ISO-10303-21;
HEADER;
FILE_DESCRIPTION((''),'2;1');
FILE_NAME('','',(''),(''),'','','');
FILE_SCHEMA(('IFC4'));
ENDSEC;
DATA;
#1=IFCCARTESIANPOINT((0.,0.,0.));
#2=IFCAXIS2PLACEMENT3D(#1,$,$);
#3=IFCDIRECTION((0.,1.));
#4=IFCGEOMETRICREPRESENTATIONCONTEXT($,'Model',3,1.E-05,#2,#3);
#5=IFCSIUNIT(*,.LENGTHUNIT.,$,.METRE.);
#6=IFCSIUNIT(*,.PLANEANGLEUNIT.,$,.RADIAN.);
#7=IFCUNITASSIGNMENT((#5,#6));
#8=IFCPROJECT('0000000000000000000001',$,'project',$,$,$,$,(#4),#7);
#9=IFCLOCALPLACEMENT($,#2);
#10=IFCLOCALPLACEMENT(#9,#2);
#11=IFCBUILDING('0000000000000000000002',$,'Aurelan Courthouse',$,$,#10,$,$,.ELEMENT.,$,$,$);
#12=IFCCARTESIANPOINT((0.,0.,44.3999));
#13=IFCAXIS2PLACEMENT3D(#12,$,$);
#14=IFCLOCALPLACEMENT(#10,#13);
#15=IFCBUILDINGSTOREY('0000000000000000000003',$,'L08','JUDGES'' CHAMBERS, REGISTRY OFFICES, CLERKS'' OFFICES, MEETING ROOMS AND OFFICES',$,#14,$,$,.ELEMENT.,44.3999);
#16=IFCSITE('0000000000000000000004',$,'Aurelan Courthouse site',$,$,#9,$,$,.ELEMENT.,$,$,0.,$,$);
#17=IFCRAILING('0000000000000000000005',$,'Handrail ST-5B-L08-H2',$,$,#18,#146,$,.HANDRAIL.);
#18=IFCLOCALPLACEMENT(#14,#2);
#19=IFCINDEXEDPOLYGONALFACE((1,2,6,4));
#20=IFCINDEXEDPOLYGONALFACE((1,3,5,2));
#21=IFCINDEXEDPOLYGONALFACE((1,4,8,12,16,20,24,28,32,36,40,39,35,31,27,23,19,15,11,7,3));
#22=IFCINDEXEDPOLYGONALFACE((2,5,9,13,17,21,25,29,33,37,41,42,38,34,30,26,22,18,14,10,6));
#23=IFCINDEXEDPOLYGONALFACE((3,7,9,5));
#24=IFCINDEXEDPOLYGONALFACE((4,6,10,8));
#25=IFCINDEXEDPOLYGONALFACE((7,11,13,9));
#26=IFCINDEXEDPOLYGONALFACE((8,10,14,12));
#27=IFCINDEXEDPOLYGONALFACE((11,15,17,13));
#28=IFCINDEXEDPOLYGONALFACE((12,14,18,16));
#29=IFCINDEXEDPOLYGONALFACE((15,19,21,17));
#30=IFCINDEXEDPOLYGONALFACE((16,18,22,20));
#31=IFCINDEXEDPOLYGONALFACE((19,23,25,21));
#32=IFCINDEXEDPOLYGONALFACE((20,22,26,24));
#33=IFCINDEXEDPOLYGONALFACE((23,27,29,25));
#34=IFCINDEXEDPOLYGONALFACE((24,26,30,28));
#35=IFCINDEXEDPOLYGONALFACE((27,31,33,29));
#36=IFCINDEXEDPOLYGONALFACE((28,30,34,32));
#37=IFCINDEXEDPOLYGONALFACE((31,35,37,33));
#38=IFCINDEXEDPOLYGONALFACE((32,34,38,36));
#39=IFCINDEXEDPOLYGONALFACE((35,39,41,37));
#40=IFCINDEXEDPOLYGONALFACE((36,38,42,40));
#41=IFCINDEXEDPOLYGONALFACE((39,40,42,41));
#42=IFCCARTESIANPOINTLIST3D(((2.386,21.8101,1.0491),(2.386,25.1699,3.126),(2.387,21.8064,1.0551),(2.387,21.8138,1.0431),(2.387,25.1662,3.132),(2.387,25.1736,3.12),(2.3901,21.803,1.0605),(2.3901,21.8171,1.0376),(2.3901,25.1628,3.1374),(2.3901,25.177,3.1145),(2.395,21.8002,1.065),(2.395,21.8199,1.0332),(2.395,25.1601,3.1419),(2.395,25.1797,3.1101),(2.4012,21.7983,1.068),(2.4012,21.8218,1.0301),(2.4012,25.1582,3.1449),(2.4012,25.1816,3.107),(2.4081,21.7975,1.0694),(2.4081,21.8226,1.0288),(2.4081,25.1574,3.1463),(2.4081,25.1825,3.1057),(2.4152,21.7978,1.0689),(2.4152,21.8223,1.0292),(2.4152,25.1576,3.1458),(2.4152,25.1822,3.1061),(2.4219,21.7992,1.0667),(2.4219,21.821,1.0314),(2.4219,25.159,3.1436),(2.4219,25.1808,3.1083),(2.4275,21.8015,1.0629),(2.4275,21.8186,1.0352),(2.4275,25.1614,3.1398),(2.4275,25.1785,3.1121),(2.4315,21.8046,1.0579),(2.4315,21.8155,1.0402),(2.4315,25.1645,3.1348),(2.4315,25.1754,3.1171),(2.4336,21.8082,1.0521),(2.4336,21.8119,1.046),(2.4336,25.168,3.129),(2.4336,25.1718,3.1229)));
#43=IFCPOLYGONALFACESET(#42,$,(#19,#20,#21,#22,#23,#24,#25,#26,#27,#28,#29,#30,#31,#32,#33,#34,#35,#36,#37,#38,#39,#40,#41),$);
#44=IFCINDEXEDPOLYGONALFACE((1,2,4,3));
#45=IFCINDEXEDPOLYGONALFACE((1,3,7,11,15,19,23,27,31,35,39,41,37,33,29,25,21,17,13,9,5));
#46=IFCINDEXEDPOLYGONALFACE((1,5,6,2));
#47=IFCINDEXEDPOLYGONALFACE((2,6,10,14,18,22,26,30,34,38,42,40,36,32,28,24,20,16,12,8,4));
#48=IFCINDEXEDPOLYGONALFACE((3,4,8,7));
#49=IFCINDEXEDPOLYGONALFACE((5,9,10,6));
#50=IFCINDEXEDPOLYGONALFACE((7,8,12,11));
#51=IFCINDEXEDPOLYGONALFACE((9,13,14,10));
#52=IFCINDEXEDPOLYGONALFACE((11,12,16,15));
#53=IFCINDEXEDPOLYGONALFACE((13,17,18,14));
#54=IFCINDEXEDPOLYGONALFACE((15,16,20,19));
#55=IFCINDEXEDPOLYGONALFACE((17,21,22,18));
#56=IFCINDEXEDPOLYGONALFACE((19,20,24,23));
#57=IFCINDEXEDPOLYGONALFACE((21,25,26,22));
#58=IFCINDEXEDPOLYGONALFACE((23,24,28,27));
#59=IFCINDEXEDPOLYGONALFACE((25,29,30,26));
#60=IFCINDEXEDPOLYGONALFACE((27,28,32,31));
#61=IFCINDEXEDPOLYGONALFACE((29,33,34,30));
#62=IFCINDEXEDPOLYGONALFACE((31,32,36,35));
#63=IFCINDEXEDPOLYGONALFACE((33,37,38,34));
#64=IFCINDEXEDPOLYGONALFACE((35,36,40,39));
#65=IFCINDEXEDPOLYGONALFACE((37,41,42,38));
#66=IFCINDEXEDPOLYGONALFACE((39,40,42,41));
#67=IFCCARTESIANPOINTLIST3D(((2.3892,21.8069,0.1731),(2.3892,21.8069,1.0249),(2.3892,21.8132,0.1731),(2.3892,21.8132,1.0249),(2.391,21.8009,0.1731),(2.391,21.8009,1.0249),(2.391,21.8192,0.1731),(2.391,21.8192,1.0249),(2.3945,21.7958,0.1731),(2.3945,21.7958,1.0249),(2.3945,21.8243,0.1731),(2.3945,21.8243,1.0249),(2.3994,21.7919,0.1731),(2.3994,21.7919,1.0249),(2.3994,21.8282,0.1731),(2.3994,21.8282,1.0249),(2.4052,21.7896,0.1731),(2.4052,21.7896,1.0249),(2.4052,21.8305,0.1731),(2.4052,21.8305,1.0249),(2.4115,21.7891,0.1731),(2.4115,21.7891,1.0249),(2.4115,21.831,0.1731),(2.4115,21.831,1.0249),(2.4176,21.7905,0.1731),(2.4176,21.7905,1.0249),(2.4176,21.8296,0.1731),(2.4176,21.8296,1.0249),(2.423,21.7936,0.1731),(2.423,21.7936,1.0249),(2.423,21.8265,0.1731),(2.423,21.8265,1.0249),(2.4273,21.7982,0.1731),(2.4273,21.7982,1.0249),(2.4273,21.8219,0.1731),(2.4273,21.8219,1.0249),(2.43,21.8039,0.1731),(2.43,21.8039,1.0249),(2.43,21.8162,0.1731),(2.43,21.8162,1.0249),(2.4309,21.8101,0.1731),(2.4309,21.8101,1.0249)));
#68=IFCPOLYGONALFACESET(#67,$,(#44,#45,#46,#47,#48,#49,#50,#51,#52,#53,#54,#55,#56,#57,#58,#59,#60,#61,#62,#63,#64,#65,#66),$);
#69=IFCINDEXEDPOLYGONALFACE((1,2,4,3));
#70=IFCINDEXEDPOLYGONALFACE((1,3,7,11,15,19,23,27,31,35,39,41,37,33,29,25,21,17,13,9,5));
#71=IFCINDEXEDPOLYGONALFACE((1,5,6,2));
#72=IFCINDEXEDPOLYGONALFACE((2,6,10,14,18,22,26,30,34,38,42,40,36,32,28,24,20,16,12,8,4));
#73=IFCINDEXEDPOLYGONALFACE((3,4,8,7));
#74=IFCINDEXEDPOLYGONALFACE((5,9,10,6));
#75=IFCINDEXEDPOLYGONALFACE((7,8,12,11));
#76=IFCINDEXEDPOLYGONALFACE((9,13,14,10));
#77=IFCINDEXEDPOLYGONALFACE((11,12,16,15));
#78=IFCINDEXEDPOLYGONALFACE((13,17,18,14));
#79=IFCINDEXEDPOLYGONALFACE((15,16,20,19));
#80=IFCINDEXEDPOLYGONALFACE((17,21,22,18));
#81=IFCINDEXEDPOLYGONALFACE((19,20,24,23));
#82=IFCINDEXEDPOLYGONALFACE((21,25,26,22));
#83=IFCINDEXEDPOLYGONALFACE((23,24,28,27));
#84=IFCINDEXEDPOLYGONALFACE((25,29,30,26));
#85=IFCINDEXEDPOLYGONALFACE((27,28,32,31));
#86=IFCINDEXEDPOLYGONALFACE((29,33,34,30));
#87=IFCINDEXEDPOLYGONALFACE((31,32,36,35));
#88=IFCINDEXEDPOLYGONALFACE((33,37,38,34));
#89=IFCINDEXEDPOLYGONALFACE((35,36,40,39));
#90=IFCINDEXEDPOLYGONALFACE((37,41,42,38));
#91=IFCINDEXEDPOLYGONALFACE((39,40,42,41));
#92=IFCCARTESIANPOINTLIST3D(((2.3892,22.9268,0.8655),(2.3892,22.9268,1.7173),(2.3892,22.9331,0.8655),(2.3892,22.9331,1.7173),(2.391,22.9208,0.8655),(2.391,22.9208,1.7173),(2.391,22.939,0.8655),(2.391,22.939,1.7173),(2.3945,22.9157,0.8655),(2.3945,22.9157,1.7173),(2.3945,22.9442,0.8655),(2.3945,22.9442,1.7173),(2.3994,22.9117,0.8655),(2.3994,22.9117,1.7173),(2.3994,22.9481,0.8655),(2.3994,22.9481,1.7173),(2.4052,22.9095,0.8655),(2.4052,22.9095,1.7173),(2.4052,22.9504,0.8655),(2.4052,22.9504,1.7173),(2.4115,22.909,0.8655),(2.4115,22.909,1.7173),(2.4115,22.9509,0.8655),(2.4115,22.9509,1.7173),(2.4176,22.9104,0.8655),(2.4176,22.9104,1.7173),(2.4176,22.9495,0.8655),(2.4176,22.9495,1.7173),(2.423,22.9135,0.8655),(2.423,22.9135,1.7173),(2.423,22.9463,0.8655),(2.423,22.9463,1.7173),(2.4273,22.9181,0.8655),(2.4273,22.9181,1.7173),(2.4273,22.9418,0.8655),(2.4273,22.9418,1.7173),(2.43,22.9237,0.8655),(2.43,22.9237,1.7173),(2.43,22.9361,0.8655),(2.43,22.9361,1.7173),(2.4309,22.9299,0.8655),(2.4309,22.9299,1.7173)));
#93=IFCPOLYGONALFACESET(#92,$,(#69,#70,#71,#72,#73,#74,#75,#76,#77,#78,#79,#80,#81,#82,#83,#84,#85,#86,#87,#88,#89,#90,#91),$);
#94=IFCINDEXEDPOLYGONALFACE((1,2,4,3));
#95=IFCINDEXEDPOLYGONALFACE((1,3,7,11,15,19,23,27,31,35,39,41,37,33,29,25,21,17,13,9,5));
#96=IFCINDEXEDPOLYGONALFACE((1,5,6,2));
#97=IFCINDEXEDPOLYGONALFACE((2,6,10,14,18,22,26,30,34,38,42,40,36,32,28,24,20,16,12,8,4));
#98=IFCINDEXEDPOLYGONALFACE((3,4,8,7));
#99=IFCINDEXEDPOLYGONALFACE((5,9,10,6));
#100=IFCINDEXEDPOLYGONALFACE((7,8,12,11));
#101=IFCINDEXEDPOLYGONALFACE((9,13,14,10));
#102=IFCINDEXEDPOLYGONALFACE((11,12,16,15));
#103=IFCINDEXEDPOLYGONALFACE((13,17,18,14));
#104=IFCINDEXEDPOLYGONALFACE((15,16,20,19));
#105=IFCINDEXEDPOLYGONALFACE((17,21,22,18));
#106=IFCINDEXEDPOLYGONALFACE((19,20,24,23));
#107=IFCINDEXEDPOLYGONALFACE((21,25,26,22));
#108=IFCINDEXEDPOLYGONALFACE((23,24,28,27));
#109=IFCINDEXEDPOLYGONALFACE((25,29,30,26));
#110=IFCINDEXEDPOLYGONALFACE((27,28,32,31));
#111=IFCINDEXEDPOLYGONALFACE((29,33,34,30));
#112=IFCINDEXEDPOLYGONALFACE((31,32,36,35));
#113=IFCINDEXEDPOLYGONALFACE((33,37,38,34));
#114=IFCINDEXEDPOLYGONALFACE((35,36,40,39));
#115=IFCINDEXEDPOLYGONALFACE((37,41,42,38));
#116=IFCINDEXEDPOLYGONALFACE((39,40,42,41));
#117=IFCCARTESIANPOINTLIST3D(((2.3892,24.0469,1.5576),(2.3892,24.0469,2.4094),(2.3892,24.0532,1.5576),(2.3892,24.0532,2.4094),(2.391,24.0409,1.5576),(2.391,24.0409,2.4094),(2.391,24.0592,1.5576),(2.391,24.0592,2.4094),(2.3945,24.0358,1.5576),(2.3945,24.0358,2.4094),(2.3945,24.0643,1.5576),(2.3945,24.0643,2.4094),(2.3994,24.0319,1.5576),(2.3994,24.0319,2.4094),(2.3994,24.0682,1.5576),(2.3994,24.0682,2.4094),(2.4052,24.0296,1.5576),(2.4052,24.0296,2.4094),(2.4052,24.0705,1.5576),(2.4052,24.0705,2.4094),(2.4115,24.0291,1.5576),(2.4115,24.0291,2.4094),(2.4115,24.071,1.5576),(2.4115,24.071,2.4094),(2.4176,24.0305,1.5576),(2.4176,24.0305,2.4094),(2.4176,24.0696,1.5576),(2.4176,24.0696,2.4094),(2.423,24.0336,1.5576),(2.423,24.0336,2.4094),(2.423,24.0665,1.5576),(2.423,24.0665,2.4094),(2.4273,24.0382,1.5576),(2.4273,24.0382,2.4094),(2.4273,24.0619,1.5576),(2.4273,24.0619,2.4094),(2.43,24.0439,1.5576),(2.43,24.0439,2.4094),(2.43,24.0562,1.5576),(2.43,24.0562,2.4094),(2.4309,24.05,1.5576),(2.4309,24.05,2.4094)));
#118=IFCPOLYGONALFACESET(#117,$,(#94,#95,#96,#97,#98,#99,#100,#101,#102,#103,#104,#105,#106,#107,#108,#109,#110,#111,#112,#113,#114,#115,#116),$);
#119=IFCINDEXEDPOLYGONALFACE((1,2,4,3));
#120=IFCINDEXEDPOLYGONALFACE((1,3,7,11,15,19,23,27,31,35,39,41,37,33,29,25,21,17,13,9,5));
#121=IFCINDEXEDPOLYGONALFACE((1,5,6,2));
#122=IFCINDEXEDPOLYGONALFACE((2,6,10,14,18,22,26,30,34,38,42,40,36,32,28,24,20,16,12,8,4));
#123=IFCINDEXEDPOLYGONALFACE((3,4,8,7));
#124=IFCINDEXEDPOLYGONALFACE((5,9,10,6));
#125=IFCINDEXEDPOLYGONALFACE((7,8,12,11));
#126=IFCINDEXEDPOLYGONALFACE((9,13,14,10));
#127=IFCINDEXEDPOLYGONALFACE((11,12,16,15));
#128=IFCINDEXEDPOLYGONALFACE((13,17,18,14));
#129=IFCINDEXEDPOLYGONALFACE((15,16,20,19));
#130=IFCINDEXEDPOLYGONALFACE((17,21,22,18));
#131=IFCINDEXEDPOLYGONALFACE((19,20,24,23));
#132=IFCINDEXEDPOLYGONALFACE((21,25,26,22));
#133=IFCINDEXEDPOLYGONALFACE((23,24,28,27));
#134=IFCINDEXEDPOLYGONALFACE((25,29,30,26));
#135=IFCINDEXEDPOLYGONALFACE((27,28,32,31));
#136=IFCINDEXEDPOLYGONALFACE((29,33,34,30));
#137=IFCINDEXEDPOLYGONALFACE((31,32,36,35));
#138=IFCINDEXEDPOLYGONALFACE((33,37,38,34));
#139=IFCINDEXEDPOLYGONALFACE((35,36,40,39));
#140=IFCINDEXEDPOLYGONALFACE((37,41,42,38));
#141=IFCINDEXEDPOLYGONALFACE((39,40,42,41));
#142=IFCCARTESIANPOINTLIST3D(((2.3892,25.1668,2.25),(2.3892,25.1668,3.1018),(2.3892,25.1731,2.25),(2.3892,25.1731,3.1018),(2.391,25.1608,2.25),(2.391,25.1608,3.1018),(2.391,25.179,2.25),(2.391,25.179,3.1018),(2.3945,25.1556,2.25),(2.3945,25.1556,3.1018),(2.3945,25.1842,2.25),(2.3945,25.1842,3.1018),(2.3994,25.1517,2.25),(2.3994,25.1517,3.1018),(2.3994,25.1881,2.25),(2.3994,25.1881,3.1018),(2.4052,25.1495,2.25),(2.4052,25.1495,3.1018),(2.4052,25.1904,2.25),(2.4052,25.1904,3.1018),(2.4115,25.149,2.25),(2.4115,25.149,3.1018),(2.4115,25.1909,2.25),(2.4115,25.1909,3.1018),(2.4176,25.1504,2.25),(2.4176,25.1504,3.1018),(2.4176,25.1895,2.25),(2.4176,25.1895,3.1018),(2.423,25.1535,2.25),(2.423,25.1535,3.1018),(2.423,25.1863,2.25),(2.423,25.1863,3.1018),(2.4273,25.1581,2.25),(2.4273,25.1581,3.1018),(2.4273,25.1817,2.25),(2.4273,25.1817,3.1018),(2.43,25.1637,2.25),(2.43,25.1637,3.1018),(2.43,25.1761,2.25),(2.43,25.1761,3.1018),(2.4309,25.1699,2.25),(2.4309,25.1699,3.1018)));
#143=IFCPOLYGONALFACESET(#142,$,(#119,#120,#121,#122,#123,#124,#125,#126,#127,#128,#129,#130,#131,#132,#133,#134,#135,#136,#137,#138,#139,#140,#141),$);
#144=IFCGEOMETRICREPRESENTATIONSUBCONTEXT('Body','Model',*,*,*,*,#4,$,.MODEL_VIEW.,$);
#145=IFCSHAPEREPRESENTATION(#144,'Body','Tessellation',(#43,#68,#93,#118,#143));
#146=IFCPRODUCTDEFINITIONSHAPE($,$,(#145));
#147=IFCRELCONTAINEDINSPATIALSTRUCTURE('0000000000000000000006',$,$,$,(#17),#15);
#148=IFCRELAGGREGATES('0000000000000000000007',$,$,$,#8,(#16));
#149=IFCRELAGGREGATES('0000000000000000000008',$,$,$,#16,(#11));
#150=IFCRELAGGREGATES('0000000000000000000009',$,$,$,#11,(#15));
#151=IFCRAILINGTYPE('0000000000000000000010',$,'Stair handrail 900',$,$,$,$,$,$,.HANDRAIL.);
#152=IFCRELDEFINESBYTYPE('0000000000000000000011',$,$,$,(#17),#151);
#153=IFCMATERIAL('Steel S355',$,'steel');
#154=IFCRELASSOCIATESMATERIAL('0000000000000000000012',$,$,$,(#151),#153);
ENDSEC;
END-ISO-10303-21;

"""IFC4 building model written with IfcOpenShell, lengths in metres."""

from ifc_helpers import new_model, si_unit, direction, frame, origin, origin_2d, place, context, subcontext, project, spatial, circle, extrude, material, type_object, element, save


model = new_model("IFC4")

# Units and contexts
model_context = context("Model", 3, precision=1e-05, world=origin(), true_north=direction((0.0, 1.0)))
body_context = subcontext(model_context, "Body", "Model", "MODEL_VIEW")
ifc_project = project(units=[si_unit("LENGTHUNIT", "METRE"), si_unit("PLANEANGLEUNIT", "RADIAN")], contexts=[model_context])

# Site, building, storey
site_placement = place(None, origin())
site = spatial("IfcSite", under=ifc_project, at=site_placement, Name="Aurelan Courthouse site", CompositionType="ELEMENT", RefElevation=0.0)
building_placement = place(site_placement, origin())
building = spatial("IfcBuilding", under=site, at=building_placement, Name="Aurelan Courthouse", CompositionType="ELEMENT")
storey_placement = place(building_placement, frame((0.0, 0.0, 44.3999)))
storey = spatial("IfcBuildingStorey", under=building, at=storey_placement, Name="L08", Description="JUDGES' CHAMBERS, REGISTRY OFFICES, CLERKS' OFFICES, MEETING ROOMS AND OFFICES", CompositionType="ELEMENT", Elevation=44.3999)

# Railing
ifc_material_1 = material(Name="Steel S355", Category="steel")
railing_type_1 = type_object("IfcRailingType", Name="Stair handrail 900", PredefinedType="HANDRAIL", material=ifc_material_1)
for number, where, name in (
    (1, (2.4099, 21.8101, 0.1731), "Handrail ST-5B-L08-H2"),
):
    element("IfcRailing", number, at=place(storey_placement, frame(where)), inside=storey, type_object=railing_type_1, Name=name, PredefinedType="HANDRAIL", context=body_context, shape_type="SweptSolid", body=[
        extrude(circle(Radius=0.0239, at=origin_2d()), frame((0.0, 0.0, 0.876), z_axis=(0.0, 0.850606, 0.525803), x_axis=(-1.0, 0.0, 0.0)), (0.0, 0.0, 1.0), 3.95),
        extrude(circle(Radius=0.021, at=origin_2d()), origin(), (0.0, 0.0, 1.0), 0.8518),
        extrude(circle(Radius=0.021, at=origin_2d()), frame((0.0, 1.1199, 0.6924)), (0.0, 0.0, 1.0), 0.8518),
        extrude(circle(Radius=0.021, at=origin_2d()), frame((0.0, 2.24, 1.3845)), (0.0, 0.0, 1.0), 0.8518),
        extrude(circle(Radius=0.021, at=origin_2d()), frame((0.0, 3.3599, 2.0769)), (0.0, 0.0, 1.0), 0.8518),
    ])

save(model, "model.ifc")
